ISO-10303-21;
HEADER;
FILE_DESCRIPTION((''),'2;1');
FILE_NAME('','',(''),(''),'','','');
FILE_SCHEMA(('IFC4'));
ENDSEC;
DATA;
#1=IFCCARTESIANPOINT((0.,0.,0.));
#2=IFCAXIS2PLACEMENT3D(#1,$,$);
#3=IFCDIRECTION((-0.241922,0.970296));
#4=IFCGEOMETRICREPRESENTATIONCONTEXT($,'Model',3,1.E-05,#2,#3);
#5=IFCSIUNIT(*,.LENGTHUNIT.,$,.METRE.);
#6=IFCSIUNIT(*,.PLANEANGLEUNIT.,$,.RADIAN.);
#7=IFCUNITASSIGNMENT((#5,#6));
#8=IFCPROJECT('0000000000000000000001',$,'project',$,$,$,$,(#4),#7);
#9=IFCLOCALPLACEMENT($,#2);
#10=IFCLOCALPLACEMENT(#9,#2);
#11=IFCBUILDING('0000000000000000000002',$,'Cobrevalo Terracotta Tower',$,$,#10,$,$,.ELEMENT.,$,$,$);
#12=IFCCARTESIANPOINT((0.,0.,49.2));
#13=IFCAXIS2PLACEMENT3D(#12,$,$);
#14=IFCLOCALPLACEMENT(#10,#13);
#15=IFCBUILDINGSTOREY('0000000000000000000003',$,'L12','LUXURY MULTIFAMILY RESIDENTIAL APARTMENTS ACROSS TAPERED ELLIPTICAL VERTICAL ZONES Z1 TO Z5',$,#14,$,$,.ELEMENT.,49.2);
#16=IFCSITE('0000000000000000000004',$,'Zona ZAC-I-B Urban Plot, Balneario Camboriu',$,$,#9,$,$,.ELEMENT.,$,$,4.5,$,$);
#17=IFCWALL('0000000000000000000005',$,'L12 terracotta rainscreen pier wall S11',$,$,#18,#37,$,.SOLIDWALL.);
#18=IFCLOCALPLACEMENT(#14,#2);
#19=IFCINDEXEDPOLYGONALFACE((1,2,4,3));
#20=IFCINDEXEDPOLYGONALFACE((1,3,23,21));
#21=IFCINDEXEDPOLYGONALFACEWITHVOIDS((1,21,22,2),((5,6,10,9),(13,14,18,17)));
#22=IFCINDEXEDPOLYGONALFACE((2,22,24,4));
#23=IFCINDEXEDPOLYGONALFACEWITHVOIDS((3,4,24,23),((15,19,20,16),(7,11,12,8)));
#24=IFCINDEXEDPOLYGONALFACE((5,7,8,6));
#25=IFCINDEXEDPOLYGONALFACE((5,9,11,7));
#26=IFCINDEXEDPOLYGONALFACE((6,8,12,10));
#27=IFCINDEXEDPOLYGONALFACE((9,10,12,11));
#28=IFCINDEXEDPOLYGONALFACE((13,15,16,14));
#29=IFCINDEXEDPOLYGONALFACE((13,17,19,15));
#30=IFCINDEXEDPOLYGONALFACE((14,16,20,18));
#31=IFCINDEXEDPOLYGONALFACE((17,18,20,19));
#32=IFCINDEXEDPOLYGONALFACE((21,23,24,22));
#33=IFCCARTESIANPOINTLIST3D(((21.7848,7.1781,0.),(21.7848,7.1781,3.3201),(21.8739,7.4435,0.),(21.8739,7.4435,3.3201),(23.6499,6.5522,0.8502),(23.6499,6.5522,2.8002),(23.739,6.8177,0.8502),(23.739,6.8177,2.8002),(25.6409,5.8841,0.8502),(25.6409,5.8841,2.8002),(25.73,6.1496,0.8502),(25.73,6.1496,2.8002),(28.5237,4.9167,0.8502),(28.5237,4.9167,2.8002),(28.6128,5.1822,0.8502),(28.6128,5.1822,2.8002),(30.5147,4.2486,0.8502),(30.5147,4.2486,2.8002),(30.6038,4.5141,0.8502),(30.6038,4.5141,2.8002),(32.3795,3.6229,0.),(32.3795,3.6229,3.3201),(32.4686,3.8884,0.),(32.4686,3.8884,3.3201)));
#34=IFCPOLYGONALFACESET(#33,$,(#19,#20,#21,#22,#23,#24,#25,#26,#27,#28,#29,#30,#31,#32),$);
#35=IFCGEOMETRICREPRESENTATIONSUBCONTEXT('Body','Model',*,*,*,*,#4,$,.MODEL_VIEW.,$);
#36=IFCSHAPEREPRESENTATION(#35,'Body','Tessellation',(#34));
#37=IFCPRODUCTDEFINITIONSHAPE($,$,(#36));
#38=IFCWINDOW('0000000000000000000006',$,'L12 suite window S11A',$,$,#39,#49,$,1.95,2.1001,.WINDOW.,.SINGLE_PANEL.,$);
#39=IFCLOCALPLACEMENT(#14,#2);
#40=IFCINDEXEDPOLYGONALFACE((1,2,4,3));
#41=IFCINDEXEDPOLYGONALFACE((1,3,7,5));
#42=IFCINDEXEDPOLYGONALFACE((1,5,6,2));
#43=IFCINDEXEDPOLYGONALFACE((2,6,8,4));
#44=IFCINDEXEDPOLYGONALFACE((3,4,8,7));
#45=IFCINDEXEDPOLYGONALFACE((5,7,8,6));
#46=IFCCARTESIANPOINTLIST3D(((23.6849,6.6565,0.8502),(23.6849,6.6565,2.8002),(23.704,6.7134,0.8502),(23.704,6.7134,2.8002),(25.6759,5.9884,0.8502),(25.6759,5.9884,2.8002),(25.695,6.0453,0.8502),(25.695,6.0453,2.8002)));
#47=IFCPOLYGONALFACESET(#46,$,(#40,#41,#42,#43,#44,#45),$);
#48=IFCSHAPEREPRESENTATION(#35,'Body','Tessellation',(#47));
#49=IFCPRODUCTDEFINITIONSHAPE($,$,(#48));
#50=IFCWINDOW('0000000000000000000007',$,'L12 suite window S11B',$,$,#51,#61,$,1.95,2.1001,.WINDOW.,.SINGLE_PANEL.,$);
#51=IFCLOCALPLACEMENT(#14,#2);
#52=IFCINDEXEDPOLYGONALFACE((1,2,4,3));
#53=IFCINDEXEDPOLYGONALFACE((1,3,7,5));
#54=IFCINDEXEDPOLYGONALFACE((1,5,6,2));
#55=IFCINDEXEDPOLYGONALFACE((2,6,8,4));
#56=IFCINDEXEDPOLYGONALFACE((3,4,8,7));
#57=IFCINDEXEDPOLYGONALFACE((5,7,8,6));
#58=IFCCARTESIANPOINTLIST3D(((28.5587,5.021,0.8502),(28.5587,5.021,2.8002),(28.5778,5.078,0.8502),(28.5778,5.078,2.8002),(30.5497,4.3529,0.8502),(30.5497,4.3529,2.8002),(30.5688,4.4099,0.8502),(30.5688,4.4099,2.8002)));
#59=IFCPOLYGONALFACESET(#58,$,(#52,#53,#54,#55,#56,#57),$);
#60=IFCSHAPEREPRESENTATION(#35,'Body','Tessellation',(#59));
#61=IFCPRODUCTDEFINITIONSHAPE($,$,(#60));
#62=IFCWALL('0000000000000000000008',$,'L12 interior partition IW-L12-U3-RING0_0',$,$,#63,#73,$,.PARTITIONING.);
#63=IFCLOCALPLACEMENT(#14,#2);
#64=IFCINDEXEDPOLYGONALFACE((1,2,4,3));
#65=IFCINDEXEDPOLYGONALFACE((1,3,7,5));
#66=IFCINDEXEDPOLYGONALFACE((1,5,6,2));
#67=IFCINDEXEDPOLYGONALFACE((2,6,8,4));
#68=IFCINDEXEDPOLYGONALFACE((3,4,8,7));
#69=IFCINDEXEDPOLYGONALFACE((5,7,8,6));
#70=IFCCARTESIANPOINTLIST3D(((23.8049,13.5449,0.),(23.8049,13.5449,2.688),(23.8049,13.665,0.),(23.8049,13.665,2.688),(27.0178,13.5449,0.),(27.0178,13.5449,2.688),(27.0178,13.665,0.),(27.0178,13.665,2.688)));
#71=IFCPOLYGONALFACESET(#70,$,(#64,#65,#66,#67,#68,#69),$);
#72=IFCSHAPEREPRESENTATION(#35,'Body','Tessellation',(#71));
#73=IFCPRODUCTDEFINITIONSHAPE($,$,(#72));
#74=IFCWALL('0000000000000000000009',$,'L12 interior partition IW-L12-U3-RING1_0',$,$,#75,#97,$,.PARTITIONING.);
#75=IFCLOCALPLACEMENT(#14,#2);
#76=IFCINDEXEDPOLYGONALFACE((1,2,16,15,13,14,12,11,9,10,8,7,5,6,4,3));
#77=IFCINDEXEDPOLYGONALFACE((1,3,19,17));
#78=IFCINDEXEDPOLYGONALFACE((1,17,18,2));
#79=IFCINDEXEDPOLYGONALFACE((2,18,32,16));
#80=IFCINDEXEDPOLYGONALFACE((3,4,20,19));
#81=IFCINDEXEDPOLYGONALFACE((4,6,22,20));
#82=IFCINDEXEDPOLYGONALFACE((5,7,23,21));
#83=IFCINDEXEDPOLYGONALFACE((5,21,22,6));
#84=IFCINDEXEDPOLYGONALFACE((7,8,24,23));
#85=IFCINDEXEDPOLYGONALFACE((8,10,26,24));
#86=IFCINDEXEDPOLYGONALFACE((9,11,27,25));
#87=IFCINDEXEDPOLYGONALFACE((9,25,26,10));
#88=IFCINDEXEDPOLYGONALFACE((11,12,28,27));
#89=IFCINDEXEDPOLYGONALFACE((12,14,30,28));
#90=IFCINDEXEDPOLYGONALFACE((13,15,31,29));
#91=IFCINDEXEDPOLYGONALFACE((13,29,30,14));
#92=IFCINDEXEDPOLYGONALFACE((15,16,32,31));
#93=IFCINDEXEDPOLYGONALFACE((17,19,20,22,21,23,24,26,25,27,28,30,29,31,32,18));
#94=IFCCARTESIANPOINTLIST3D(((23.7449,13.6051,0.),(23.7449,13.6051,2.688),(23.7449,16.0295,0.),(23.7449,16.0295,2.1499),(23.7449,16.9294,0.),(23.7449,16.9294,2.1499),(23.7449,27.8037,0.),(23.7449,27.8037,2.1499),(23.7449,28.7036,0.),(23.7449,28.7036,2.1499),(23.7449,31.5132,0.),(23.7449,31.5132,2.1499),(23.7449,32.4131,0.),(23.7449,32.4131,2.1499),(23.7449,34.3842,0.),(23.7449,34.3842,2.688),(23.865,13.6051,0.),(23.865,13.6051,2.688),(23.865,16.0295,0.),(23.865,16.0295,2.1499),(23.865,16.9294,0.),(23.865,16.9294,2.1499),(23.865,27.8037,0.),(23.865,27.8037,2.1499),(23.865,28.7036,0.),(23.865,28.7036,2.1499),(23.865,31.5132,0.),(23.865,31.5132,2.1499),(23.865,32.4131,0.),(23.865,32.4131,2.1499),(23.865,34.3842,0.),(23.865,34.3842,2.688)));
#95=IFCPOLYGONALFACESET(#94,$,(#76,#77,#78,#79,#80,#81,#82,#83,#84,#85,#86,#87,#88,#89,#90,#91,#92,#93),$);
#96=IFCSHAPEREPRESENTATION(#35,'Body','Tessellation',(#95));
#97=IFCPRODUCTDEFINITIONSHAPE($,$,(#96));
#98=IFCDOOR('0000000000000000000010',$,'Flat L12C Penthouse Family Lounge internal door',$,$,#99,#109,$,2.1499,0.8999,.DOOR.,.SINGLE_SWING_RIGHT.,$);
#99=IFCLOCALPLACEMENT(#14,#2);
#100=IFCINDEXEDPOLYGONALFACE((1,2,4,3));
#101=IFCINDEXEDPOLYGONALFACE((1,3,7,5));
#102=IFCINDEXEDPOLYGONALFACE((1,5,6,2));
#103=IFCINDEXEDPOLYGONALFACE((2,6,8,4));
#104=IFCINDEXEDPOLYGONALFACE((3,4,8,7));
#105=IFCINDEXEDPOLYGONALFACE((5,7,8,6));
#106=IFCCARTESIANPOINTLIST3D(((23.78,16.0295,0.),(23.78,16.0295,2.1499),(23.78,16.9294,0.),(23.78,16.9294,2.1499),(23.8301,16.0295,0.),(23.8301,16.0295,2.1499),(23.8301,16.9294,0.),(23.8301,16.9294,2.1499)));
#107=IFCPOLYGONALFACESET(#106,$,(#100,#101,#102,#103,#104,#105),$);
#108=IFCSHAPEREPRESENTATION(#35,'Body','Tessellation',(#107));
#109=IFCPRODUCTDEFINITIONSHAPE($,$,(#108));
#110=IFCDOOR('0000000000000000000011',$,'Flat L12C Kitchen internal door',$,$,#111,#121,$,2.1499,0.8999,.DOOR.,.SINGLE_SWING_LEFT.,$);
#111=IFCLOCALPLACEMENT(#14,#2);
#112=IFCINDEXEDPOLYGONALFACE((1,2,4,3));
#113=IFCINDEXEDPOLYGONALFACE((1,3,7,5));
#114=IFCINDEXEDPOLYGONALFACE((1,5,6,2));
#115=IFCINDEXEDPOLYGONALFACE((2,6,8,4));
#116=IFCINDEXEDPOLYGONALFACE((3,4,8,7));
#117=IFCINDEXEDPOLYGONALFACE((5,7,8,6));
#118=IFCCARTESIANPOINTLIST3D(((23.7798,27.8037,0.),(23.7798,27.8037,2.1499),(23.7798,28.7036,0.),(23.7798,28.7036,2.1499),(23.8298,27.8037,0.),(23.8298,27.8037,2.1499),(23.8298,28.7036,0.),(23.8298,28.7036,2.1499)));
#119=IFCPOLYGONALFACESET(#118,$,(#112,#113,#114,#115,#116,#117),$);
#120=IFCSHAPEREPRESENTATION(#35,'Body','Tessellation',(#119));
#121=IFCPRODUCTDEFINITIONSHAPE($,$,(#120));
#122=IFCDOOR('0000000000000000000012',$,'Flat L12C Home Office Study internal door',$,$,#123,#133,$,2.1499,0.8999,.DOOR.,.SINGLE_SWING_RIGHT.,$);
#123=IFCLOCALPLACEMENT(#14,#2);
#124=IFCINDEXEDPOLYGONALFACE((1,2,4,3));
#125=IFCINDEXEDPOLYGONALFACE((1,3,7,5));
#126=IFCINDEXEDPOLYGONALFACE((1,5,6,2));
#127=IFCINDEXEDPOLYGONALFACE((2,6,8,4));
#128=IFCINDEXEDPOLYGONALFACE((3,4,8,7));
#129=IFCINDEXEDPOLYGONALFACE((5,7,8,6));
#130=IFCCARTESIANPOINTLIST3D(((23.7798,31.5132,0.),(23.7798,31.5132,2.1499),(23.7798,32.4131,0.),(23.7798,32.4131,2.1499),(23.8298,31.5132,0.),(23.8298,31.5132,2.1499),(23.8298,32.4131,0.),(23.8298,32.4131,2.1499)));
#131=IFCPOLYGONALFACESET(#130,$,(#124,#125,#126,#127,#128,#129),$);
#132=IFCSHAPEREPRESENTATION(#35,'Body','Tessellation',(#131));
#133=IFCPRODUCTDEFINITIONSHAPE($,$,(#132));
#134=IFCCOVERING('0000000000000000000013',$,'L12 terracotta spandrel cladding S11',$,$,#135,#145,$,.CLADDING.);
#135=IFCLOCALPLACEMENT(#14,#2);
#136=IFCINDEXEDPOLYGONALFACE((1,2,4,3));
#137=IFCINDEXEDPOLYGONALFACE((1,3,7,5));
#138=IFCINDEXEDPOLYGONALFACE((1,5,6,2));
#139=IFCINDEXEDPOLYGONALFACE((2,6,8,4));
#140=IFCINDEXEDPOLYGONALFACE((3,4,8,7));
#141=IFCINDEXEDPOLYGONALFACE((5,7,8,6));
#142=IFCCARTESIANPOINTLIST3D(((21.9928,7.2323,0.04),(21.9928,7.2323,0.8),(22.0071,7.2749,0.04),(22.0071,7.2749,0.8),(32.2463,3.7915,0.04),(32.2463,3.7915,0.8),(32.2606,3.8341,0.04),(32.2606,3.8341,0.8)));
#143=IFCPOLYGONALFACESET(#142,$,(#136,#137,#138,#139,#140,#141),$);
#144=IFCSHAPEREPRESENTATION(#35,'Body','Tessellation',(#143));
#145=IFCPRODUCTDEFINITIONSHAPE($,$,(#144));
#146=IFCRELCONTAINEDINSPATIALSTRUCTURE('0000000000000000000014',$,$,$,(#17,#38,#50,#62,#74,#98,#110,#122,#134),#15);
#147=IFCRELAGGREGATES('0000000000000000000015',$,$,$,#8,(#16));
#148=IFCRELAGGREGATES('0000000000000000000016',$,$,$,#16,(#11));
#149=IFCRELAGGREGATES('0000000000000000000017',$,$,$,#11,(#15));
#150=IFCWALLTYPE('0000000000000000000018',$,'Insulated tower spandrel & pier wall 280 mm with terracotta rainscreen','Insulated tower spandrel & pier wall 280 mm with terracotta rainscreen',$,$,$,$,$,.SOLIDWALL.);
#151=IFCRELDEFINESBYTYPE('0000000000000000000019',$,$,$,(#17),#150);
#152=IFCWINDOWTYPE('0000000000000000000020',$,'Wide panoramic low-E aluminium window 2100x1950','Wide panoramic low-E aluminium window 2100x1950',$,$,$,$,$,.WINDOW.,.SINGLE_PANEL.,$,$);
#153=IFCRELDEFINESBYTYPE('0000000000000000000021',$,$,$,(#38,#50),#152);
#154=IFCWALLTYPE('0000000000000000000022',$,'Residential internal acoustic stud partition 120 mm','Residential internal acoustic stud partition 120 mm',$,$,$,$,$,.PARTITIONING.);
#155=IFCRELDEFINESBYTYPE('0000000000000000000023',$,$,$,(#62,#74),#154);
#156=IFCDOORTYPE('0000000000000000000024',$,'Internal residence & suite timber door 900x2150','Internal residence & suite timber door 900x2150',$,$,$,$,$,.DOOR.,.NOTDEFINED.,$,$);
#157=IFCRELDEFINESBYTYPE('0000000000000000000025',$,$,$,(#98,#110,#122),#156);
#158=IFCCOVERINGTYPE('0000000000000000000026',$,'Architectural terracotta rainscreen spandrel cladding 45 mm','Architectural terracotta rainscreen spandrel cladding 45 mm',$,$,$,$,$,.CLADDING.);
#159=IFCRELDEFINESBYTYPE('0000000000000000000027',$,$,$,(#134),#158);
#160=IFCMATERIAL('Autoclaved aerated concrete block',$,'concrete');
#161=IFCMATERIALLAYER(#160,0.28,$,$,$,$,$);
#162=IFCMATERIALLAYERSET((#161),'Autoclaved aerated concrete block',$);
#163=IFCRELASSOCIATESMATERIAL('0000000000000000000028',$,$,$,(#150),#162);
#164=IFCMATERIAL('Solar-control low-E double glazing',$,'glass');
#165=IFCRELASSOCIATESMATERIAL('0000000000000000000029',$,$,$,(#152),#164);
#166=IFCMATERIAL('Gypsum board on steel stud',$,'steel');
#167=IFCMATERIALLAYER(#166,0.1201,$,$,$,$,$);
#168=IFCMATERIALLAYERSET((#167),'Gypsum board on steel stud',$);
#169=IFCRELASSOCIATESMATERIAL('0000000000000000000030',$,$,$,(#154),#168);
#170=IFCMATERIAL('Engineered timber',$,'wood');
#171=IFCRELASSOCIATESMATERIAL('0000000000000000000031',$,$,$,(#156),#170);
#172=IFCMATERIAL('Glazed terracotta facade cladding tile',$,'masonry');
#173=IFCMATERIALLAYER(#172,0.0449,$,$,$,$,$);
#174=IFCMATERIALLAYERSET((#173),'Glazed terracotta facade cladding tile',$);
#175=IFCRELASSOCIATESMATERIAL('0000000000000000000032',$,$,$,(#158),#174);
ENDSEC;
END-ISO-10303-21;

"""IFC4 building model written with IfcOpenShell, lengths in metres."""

from ifc_helpers import new_model, si_unit, direction, frame, frame_2d, origin, origin_2d, place, context, subcontext, project, spatial, rectangle, extrude, source, transform, mapped, material, layer, layer_set, type_object, element, fill, save


model = new_model("IFC4")

# Units and contexts
model_context = context("Model", 3, precision=1e-05, world=origin(), true_north=direction((-0.241922, 0.970296)))
body_context = subcontext(model_context, "Body", "Model", "MODEL_VIEW")
ifc_project = project(units=[si_unit("LENGTHUNIT", "METRE"), si_unit("PLANEANGLEUNIT", "RADIAN")], contexts=[model_context])

# Site, building, storey
site_placement = place(None, origin())
site = spatial("IfcSite", under=ifc_project, at=site_placement, Name="Zona ZAC-I-B Urban Plot, Balneario Camboriu", CompositionType="ELEMENT", RefElevation=4.5)
building_placement = place(site_placement, origin())
building = spatial("IfcBuilding", under=site, at=building_placement, Name="Cobrevalo Terracotta Tower", CompositionType="ELEMENT")
storey_placement = place(building_placement, frame((0.0, 0.0, 49.2)))
storey = spatial("IfcBuildingStorey", under=building, at=storey_placement, Name="L12", Description="LUXURY MULTIFAMILY RESIDENTIAL APARTMENTS ACROSS TAPERED ELLIPTICAL VERTICAL ZONES Z1 TO Z5", CompositionType="ELEMENT", Elevation=49.2)

# Wall, openings, windows
ifc_material_1 = material(Name="Autoclaved aerated concrete block", Category="concrete")
ifc_layer_1 = layer(ifc_material_1, 0.28)
ifc_layer_set_1 = layer_set([ifc_layer_1], Name="Autoclaved aerated concrete block")
wall_type_1 = type_object("IfcWallType", Name="Insulated tower spandrel & pier wall 280 mm with terracotta rainscreen", Description="Insulated tower spandrel & pier wall 280 mm with terracotta rainscreen", PredefinedType="SOLIDWALL", material=ifc_layer_set_1)
wall_1_placement = place(storey_placement, frame((21.8293, 7.3108, 0.0), z_axis=(0.0, 0.0, 1.0), x_axis=(0.948048, -0.318128, 0.0)))
wall_1 = element("IfcWall", 1, at=wall_1_placement, inside=storey, type_object=wall_type_1, Name="L12 terracotta rainscreen pier wall S11", PredefinedType="SOLIDWALL", context=body_context, shape_type="SweptSolid", body=[
    extrude(rectangle(XDim=11.1753, YDim=0.28, at=frame_2d((5.5876, 0.0))), origin(), (0.0, 0.0, 1.0), 3.3201),
])
opening_1_placement = place(wall_1_placement, frame((1.9673, 0.0, 0.8501)))
opening_1 = element("IfcOpeningElement", 2, at=opening_1_placement, cuts=wall_1, PredefinedType="OPENING", context=body_context, shape_type="SweptSolid", body=[
    extrude(rectangle(XDim=2.1001, YDim=1.95, at=frame_2d((1.05, 0.9751))), frame((0.0, 0.1499, 0.0), z_axis=(0.0, -1.0, 0.0), x_axis=(1.0, 0.0, 0.0)), (0.0, 0.0, 1.0), 0.3),
])
opening_2_placement = place(wall_1_placement, frame((7.1082, 0.0, 0.8501)))
opening_2 = element("IfcOpeningElement", 3, at=opening_2_placement, cuts=wall_1, PredefinedType="OPENING", context=body_context, shape_type="SweptSolid", body=[
    extrude(rectangle(XDim=2.1001, YDim=1.95, at=frame_2d((1.05, 0.9751))), frame((0.0, 0.1499, 0.0), z_axis=(0.0, -1.0, 0.0), x_axis=(1.0, 0.0, 0.0)), (0.0, 0.0, 1.0), 0.3),
])
ifc_material_2 = material(Name="Solar-control low-E double glazing", Category="glass")
window_type = type_object("IfcWindowType", Name="Wide panoramic low-E aluminium window 2100x1950", Description="Wide panoramic low-E aluminium window 2100x1950", PartitioningType="SINGLE_PANEL", PredefinedType="WINDOW", material=ifc_material_2)
shared_shape_1 = source(origin(), body_context, "Body", "SweptSolid", [
    extrude(rectangle(XDim=2.1001, YDim=1.95, at=frame_2d((1.05, 0.9751))), frame((0.0, 0.03, 0.0), z_axis=(0.0, -1.0, 0.0), x_axis=(1.0, 0.0, 0.0)), (0.0, 0.0, 1.0), 0.0601),
])
window_1_placement = place(opening_1_placement, origin())
window_1 = element("IfcWindow", 4, at=window_1_placement, inside=storey, type_object=window_type, Name="L12 suite window S11A", OverallHeight=1.95, OverallWidth=2.1001, PartitioningType="SINGLE_PANEL", PredefinedType="WINDOW", context=body_context, shape_type="MappedRepresentation", body=[
    mapped(shared_shape_1, transform((0.0, 0.0, 0.0), scale=1.0)),
])
fill(opening_1, window_1)
window_2_placement = place(opening_2_placement, origin())
window_2 = element("IfcWindow", 5, at=window_2_placement, inside=storey, type_object=window_type, Name="L12 suite window S11B", OverallHeight=1.95, OverallWidth=2.1001, PartitioningType="SINGLE_PANEL", PredefinedType="WINDOW", context=body_context, shape_type="MappedRepresentation", body=[
    mapped(shared_shape_1, transform((0.0, 0.0, 0.0), scale=1.0)),
])
fill(opening_2, window_2)

# Wall
ifc_material_3 = material(Name="Gypsum board on steel stud", Category="steel")
ifc_layer_2 = layer(ifc_material_3, 0.1201)
ifc_layer_set_2 = layer_set([ifc_layer_2], Name="Gypsum board on steel stud")
wall_type_2 = type_object("IfcWallType", Name="Residential internal acoustic stud partition 120 mm", Description="Residential internal acoustic stud partition 120 mm", PredefinedType="PARTITIONING", material=ifc_layer_set_2)
wall_2_placement = place(storey_placement, frame((27.0178, 13.605, 0.0), z_axis=(0.0, 0.0, 1.0), x_axis=(-1.0, 0.0, 0.0)))
element("IfcWall", 6, at=wall_2_placement, inside=storey, type_object=wall_type_2, Name="L12 interior partition IW-L12-U3-RING0_0", PredefinedType="PARTITIONING", context=body_context, shape_type="SweptSolid", body=[
    extrude(rectangle(XDim=3.2129, YDim=0.1201, at=frame_2d((1.6064, 0.0))), origin(), (0.0, 0.0, 1.0), 2.688),
])

# Wall, openings, doors
wall_3_placement = place(storey_placement, frame((23.8049, 13.605, 0.0), z_axis=(0.0, 0.0, 1.0), x_axis=(0.0, 1.0, 0.0)))
wall_3 = element("IfcWall", 7, at=wall_3_placement, inside=storey, type_object=wall_type_2, Name="L12 interior partition IW-L12-U3-RING1_0", PredefinedType="PARTITIONING", context=body_context, shape_type="SweptSolid", body=[
    extrude(rectangle(XDim=20.7791, YDim=0.1201, at=frame_2d((10.3896, 0.0))), origin(), (0.0, 0.0, 1.0), 2.688),
])
opening_3_placement = place(wall_3_placement, frame((2.4246, 0.0, 0.0)))
opening_3 = element("IfcOpeningElement", 8, at=opening_3_placement, cuts=wall_3, PredefinedType="OPENING", context=body_context, shape_type="SweptSolid", body=[
    extrude(rectangle(XDim=0.8999, YDim=2.1499, at=frame_2d((0.45, 1.075))), frame((0.0, 0.0701, 0.0), z_axis=(0.0, -1.0, 0.0), x_axis=(1.0, 0.0, 0.0)), (0.0, 0.0, 1.0), 0.1401),
])
opening_4_placement = place(wall_3_placement, frame((14.1987, 0.0, 0.0)))
opening_4 = element("IfcOpeningElement", 9, at=opening_4_placement, cuts=wall_3, PredefinedType="OPENING", context=body_context, shape_type="SweptSolid", body=[
    extrude(rectangle(XDim=0.8999, YDim=2.1499, at=frame_2d((0.45, 1.075))), frame((0.0, 0.0701, 0.0), z_axis=(0.0, -1.0, 0.0), x_axis=(1.0, 0.0, 0.0)), (0.0, 0.0, 1.0), 0.1401),
])
opening_5_placement = place(wall_3_placement, frame((17.9082, 0.0, 0.0)))
opening_5 = element("IfcOpeningElement", 10, at=opening_5_placement, cuts=wall_3, PredefinedType="OPENING", context=body_context, shape_type="SweptSolid", body=[
    extrude(rectangle(XDim=0.8999, YDim=2.1499, at=frame_2d((0.45, 1.075))), frame((0.0, 0.0701, 0.0), z_axis=(0.0, -1.0, 0.0), x_axis=(1.0, 0.0, 0.0)), (0.0, 0.0, 1.0), 0.1401),
])
ifc_material_4 = material(Name="Engineered timber", Category="wood")
door_type = type_object("IfcDoorType", Name="Internal residence & suite timber door 900x2150", Description="Internal residence & suite timber door 900x2150", OperationType="NOTDEFINED", PredefinedType="DOOR", material=ifc_material_4)
shared_shape_2 = source(origin(), body_context, "Body", "SweptSolid", [
    extrude(rectangle(XDim=0.8999, YDim=2.1499, at=frame_2d((0.45, 1.075))), frame((0.0, 0.0249, 0.0), z_axis=(0.0, -1.0, 0.0), x_axis=(1.0, 0.0, 0.0)), (0.0, 0.0, 1.0), 0.05),
])
door_1_placement = place(opening_3_placement, origin())
door_1 = element("IfcDoor", 11, at=door_1_placement, inside=storey, type_object=door_type, Name="Flat L12C Penthouse Family Lounge internal door", OperationType="SINGLE_SWING_RIGHT", OverallHeight=2.1499, OverallWidth=0.8999, PredefinedType="DOOR", context=body_context, shape_type="MappedRepresentation", body=[
    mapped(shared_shape_2, transform((0.0, 0.0, 0.0), scale=1.0)),
])
fill(opening_3, door_1)
door_2_placement = place(opening_4_placement, frame((0.8999, 0.0, 0.0), z_axis=(0.0, 0.0, 1.0), x_axis=(-1.0, 0.0, 0.0)))
door_2 = element("IfcDoor", 12, at=door_2_placement, inside=storey, type_object=door_type, Name="Flat L12C Kitchen internal door", OperationType="SINGLE_SWING_LEFT", OverallHeight=2.1499, OverallWidth=0.8999, PredefinedType="DOOR", context=body_context, shape_type="MappedRepresentation", body=[
    mapped(shared_shape_2, transform((0.0, 0.0, 0.0), scale=1.0)),
])
fill(opening_4, door_2)
door_3_placement = place(opening_5_placement, frame((0.8999, 0.0, 0.0), z_axis=(0.0, 0.0, 1.0), x_axis=(-1.0, 0.0, 0.0)))
door_3 = element("IfcDoor", 13, at=door_3_placement, inside=storey, type_object=door_type, Name="Flat L12C Home Office Study internal door", OperationType="SINGLE_SWING_RIGHT", OverallHeight=2.1499, OverallWidth=0.8999, PredefinedType="DOOR", context=body_context, shape_type="MappedRepresentation", body=[
    mapped(shared_shape_2, transform((0.0, 0.0, 0.0), scale=1.0)),
])
fill(opening_5, door_3)

# Covering
ifc_material_5 = material(Name="Glazed terracotta facade cladding tile", Category="masonry")
ifc_layer_3 = layer(ifc_material_5, 0.0449)
ifc_layer_set_3 = layer_set([ifc_layer_3], Name="Glazed terracotta facade cladding tile")
covering_type = type_object("IfcCoveringType", Name="Architectural terracotta rainscreen spandrel cladding 45 mm", Description="Architectural terracotta rainscreen spandrel cladding 45 mm", PredefinedType="CLADDING", material=ifc_layer_set_3)
shared_shape_3 = source(origin(), body_context, "Body", "SweptSolid", [
    extrude(rectangle(XDim=10.8154, YDim=0.0449, at=origin_2d()), origin(), (0.0, 0.0, 1.0), 0.76),
])
covering_placement = place(storey_placement, frame((27.1267, 5.5332, 0.04), z_axis=(0.0, 0.0, 1.0), x_axis=(0.948044, -0.318139, 0.0)))
element("IfcCovering", 14, at=covering_placement, inside=storey, type_object=covering_type, Name="L12 terracotta spandrel cladding S11", PredefinedType="CLADDING", context=body_context, shape_type="MappedRepresentation", body=[
    mapped(shared_shape_3, transform((0.0, 0.0, 0.0), scale=1.0)),
])

save(model, "model.ifc")
